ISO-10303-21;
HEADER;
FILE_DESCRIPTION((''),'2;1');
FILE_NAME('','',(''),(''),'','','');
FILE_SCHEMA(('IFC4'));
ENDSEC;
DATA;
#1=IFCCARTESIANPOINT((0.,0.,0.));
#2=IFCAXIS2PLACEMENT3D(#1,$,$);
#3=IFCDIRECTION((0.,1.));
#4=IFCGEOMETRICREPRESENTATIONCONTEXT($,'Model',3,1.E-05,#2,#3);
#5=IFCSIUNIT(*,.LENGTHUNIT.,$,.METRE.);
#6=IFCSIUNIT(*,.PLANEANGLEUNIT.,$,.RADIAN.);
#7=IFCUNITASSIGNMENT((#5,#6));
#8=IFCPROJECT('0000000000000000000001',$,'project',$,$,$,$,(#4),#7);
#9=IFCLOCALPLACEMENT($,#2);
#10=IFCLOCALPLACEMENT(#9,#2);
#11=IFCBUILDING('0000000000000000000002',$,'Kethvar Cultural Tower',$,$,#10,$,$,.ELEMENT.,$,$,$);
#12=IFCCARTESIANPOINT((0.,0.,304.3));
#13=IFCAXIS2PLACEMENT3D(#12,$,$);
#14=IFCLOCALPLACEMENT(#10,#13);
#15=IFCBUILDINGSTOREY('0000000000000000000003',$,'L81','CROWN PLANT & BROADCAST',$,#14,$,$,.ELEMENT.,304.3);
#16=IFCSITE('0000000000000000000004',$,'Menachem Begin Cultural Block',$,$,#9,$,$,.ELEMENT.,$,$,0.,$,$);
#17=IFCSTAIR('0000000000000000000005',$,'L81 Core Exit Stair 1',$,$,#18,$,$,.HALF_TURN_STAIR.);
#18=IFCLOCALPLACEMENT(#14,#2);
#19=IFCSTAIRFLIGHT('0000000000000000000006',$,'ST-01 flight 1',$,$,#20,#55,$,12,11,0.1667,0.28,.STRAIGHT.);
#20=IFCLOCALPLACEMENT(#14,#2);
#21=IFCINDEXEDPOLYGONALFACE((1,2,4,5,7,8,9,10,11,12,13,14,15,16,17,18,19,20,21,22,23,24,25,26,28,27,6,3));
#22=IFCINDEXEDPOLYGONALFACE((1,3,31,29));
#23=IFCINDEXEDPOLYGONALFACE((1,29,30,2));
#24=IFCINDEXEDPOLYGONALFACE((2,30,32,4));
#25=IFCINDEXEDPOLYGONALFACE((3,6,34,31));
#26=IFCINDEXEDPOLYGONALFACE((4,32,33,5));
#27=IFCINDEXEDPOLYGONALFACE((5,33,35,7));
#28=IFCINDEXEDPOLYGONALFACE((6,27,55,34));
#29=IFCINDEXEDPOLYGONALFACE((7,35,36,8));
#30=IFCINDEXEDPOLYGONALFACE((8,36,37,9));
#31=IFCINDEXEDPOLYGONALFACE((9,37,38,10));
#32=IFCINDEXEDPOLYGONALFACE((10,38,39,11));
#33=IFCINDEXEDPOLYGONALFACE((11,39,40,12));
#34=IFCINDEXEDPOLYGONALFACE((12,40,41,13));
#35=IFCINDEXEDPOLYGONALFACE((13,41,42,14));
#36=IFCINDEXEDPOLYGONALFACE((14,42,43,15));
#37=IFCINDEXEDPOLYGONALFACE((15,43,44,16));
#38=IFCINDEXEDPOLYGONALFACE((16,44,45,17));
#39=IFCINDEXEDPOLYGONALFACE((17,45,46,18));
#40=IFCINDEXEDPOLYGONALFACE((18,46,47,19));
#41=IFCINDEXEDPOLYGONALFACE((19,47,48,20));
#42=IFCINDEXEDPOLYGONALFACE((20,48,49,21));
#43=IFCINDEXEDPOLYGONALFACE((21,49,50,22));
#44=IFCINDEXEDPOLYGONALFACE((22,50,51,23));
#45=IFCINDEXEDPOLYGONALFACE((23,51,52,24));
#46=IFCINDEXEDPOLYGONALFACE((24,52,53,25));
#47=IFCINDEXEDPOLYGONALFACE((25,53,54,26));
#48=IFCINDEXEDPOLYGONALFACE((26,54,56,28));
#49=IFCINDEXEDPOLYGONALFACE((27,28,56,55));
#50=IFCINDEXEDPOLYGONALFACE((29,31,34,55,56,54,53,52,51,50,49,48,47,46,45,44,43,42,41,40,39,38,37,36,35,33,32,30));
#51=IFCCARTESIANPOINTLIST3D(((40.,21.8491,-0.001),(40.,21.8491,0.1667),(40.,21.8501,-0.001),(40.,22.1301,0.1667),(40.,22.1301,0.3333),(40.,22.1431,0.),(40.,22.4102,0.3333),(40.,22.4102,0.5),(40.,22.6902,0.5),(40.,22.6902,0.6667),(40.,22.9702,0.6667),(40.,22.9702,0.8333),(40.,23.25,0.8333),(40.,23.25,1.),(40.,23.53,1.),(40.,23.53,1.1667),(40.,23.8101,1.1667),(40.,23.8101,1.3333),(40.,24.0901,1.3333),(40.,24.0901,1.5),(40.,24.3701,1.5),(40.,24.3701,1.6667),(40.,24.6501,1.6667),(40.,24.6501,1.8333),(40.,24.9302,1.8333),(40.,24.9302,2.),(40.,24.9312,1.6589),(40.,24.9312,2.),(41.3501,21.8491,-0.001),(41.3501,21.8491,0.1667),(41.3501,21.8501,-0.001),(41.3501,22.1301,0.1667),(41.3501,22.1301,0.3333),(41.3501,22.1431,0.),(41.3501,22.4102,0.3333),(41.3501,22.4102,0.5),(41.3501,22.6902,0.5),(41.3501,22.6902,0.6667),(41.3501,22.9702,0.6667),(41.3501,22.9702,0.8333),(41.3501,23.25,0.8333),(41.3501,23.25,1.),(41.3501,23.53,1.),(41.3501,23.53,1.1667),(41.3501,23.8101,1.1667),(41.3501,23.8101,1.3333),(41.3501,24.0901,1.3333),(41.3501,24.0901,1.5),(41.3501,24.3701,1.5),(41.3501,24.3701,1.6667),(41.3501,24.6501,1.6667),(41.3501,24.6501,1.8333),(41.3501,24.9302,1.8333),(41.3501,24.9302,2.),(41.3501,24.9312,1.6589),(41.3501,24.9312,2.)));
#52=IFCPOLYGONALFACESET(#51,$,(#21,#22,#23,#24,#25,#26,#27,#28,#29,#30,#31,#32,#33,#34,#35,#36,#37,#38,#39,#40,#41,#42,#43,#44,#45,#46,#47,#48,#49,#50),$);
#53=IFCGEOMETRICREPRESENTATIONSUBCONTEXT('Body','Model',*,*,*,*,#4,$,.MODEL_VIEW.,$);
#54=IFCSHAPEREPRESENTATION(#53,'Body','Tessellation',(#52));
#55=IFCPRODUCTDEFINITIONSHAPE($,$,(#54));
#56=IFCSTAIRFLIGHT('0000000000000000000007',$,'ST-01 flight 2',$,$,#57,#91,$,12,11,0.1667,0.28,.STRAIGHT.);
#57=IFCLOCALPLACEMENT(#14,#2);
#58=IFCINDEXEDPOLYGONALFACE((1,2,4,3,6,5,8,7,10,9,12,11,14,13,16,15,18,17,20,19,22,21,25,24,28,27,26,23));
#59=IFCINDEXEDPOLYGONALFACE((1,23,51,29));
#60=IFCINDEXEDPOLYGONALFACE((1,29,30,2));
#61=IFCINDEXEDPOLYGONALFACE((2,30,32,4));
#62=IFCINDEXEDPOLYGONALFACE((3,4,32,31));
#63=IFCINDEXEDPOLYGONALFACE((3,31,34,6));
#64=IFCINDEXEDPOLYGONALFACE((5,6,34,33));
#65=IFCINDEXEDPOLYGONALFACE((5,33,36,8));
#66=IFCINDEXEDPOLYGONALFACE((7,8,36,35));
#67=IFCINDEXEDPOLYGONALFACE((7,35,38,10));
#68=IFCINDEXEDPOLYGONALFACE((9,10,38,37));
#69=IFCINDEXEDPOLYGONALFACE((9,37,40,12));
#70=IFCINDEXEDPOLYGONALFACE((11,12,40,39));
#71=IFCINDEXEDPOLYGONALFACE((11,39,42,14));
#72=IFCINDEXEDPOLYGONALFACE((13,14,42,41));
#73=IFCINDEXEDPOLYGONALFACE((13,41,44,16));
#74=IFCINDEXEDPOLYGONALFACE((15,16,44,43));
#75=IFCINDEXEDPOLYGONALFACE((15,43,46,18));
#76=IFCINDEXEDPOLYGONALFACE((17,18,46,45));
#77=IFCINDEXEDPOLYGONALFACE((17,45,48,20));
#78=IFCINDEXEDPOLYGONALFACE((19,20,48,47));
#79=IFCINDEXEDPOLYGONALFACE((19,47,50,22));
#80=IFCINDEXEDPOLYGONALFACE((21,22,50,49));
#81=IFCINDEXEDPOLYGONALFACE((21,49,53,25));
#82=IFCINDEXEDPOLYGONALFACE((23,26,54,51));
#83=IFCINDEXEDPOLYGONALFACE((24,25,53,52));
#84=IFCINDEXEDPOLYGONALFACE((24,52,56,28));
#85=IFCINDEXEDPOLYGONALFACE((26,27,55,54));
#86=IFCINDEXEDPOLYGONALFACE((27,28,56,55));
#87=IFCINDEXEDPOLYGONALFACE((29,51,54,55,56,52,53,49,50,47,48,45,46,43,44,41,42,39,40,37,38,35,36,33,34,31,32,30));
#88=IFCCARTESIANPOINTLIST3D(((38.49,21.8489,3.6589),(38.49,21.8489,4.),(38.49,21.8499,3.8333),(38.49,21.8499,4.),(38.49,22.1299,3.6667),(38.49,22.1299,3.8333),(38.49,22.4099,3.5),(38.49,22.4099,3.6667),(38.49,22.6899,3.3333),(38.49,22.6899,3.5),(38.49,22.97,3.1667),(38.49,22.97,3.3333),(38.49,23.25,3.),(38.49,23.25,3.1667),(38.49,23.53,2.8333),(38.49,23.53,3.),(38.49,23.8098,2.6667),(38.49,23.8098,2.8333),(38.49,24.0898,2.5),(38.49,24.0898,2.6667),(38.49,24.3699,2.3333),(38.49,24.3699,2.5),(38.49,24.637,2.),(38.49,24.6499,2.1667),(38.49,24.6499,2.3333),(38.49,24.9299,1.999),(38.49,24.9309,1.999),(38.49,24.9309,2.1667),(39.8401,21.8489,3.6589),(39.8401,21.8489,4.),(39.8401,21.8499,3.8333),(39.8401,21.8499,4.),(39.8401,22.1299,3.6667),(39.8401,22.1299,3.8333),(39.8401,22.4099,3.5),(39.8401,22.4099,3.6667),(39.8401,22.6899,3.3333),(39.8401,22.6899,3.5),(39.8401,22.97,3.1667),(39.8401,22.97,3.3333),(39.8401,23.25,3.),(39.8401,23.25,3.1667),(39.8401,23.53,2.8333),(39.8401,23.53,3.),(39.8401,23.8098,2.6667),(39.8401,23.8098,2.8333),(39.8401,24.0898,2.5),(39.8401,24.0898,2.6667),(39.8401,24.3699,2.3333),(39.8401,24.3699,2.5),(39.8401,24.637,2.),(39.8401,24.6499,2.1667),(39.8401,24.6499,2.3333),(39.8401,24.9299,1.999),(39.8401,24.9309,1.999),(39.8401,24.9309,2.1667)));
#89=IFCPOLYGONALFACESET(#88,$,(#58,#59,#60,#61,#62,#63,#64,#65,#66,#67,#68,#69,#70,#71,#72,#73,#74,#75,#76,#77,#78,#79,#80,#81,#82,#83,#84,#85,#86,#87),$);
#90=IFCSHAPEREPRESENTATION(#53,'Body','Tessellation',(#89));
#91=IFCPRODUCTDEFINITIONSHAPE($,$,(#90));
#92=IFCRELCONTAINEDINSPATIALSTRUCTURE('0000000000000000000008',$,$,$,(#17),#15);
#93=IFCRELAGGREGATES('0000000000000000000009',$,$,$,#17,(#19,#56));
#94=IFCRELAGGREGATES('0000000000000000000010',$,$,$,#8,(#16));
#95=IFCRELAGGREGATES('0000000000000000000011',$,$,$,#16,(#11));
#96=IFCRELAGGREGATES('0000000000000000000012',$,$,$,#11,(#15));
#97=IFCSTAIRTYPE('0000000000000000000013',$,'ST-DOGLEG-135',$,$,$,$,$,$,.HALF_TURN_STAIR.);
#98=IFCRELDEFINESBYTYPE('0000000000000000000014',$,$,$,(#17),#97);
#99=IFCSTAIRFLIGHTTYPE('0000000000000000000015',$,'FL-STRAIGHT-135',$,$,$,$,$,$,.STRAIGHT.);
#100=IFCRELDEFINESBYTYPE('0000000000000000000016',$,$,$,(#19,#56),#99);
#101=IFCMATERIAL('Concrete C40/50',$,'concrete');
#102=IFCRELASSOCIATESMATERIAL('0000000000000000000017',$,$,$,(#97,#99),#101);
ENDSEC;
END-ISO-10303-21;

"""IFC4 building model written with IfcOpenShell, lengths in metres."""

from ifc_helpers import new_model, si_unit, direction, frame, origin, place, context, subcontext, project, spatial, polyline, outline, extrude, material, type_object, element, aggregate, save


model = new_model("IFC4")

# Units and contexts
model_context = context("Model", 3, precision=1e-05, world=origin(), true_north=direction((0.0, 1.0)))
body_context = subcontext(model_context, "Body", "Model", "MODEL_VIEW")
ifc_project = project(units=[si_unit("LENGTHUNIT", "METRE"), si_unit("PLANEANGLEUNIT", "RADIAN")], contexts=[model_context])

# Site, building, storey
site_placement = place(None, origin())
site = spatial("IfcSite", under=ifc_project, at=site_placement, Name="Menachem Begin Cultural Block", CompositionType="ELEMENT", RefElevation=0.0)
building_placement = place(site_placement, origin())
building = spatial("IfcBuilding", under=site, at=building_placement, Name="Kethvar Cultural Tower", CompositionType="ELEMENT")
storey_placement = place(building_placement, frame((0.0, 0.0, 304.3)))
storey = spatial("IfcBuildingStorey", under=building, at=storey_placement, Name="L81", Description="CROWN PLANT & BROADCAST", CompositionType="ELEMENT", Elevation=304.3)

# Stair, stair flights
ifc_material_1 = material(Name="Concrete C40/50", Category="concrete")
stair_type = type_object("IfcStairType", Name="ST-DOGLEG-135", PredefinedType="HALF_TURN_STAIR", material=ifc_material_1)
stair_placement = place(storey_placement, origin())
stair = element("IfcStair", 1, at=stair_placement, inside=storey, type_object=stair_type, Name="L81 Core Exit Stair 1", PredefinedType="HALF_TURN_STAIR")
stair_flight_type = type_object("IfcStairFlightType", Name="FL-STRAIGHT-135", PredefinedType="STRAIGHT", material=ifc_material_1)
stair_flight_1_placement = place(storey_placement, frame((40.675, 21.8501, 0.0), z_axis=(0.0, 0.0, 1.0), x_axis=(0.0, 1.0, 0.0)))
stair_flight_1 = element("IfcStairFlight", 2, at=stair_flight_1_placement, type_object=stair_flight_type, Name="ST-01 flight 1", NumberOfRisers=12, NumberOfTreads=11, PredefinedType="STRAIGHT", RiserHeight=0.1667, TreadLength=0.28, context=body_context, shape_type="SweptSolid", body=[
    extrude(outline(polyline([(-0.001, -0.001), (-0.001, 0.1667), (0.28, 0.1667), (0.28, 0.3333), (0.5601, 0.3333), (0.5601, 0.5), (0.8401, 0.5), (0.8401, 0.6667), (1.1201, 0.6667), (1.1201, 0.8333), (1.3999, 0.8333), (1.3999, 1.0), (1.6799, 1.0), (1.6799, 1.1667), (1.96, 1.1667), (1.96, 1.3333), (2.24, 1.3333), (2.24, 1.5), (2.52, 1.5), (2.52, 1.6667), (2.8, 1.6667), (2.8, 1.8333), (3.0801, 1.8333), (3.0801, 2.0), (3.0811, 2.0), (3.0811, 1.6589), (0.293, 0.0), (0.0, -0.001), (-0.001, -0.001)])), frame((0.0, 0.675, 0.0), z_axis=(0.0, -1.0, 0.0), x_axis=(1.0, 0.0, 0.0)), (0.0, 0.0, 1.0), 1.3501),
])
stair_flight_2_placement = place(storey_placement, frame((39.165, 24.9299, 2.0), z_axis=(0.0, 0.0, 1.0), x_axis=(0.0, -1.0, 0.0)))
stair_flight_2 = element("IfcStairFlight", 3, at=stair_flight_2_placement, type_object=stair_flight_type, Name="ST-01 flight 2", NumberOfRisers=12, NumberOfTreads=11, PredefinedType="STRAIGHT", RiserHeight=0.1667, TreadLength=0.28, context=body_context, shape_type="SweptSolid", body=[
    extrude(outline(polyline([(-0.001, -0.001), (-0.001, 0.1667), (0.28, 0.1667), (0.28, 0.3333), (0.5601, 0.3333), (0.5601, 0.5), (0.8401, 0.5), (0.8401, 0.6667), (1.1201, 0.6667), (1.1201, 0.8333), (1.3999, 0.8333), (1.3999, 1.0), (1.6799, 1.0), (1.6799, 1.1667), (1.96, 1.1667), (1.96, 1.3333), (2.24, 1.3333), (2.24, 1.5), (2.52, 1.5), (2.52, 1.6667), (2.8, 1.6667), (2.8, 1.8333), (3.0801, 1.8333), (3.0801, 2.0), (3.0811, 2.0), (3.0811, 1.6589), (0.293, 0.0), (0.0, -0.001), (-0.001, -0.001)])), frame((0.0, 0.675, 0.0), z_axis=(0.0, -1.0, 0.0), x_axis=(1.0, 0.0, 0.0)), (0.0, 0.0, 1.0), 1.3501),
])
aggregate(stair, [stair_flight_1, stair_flight_2])

save(model, "model.ifc")
